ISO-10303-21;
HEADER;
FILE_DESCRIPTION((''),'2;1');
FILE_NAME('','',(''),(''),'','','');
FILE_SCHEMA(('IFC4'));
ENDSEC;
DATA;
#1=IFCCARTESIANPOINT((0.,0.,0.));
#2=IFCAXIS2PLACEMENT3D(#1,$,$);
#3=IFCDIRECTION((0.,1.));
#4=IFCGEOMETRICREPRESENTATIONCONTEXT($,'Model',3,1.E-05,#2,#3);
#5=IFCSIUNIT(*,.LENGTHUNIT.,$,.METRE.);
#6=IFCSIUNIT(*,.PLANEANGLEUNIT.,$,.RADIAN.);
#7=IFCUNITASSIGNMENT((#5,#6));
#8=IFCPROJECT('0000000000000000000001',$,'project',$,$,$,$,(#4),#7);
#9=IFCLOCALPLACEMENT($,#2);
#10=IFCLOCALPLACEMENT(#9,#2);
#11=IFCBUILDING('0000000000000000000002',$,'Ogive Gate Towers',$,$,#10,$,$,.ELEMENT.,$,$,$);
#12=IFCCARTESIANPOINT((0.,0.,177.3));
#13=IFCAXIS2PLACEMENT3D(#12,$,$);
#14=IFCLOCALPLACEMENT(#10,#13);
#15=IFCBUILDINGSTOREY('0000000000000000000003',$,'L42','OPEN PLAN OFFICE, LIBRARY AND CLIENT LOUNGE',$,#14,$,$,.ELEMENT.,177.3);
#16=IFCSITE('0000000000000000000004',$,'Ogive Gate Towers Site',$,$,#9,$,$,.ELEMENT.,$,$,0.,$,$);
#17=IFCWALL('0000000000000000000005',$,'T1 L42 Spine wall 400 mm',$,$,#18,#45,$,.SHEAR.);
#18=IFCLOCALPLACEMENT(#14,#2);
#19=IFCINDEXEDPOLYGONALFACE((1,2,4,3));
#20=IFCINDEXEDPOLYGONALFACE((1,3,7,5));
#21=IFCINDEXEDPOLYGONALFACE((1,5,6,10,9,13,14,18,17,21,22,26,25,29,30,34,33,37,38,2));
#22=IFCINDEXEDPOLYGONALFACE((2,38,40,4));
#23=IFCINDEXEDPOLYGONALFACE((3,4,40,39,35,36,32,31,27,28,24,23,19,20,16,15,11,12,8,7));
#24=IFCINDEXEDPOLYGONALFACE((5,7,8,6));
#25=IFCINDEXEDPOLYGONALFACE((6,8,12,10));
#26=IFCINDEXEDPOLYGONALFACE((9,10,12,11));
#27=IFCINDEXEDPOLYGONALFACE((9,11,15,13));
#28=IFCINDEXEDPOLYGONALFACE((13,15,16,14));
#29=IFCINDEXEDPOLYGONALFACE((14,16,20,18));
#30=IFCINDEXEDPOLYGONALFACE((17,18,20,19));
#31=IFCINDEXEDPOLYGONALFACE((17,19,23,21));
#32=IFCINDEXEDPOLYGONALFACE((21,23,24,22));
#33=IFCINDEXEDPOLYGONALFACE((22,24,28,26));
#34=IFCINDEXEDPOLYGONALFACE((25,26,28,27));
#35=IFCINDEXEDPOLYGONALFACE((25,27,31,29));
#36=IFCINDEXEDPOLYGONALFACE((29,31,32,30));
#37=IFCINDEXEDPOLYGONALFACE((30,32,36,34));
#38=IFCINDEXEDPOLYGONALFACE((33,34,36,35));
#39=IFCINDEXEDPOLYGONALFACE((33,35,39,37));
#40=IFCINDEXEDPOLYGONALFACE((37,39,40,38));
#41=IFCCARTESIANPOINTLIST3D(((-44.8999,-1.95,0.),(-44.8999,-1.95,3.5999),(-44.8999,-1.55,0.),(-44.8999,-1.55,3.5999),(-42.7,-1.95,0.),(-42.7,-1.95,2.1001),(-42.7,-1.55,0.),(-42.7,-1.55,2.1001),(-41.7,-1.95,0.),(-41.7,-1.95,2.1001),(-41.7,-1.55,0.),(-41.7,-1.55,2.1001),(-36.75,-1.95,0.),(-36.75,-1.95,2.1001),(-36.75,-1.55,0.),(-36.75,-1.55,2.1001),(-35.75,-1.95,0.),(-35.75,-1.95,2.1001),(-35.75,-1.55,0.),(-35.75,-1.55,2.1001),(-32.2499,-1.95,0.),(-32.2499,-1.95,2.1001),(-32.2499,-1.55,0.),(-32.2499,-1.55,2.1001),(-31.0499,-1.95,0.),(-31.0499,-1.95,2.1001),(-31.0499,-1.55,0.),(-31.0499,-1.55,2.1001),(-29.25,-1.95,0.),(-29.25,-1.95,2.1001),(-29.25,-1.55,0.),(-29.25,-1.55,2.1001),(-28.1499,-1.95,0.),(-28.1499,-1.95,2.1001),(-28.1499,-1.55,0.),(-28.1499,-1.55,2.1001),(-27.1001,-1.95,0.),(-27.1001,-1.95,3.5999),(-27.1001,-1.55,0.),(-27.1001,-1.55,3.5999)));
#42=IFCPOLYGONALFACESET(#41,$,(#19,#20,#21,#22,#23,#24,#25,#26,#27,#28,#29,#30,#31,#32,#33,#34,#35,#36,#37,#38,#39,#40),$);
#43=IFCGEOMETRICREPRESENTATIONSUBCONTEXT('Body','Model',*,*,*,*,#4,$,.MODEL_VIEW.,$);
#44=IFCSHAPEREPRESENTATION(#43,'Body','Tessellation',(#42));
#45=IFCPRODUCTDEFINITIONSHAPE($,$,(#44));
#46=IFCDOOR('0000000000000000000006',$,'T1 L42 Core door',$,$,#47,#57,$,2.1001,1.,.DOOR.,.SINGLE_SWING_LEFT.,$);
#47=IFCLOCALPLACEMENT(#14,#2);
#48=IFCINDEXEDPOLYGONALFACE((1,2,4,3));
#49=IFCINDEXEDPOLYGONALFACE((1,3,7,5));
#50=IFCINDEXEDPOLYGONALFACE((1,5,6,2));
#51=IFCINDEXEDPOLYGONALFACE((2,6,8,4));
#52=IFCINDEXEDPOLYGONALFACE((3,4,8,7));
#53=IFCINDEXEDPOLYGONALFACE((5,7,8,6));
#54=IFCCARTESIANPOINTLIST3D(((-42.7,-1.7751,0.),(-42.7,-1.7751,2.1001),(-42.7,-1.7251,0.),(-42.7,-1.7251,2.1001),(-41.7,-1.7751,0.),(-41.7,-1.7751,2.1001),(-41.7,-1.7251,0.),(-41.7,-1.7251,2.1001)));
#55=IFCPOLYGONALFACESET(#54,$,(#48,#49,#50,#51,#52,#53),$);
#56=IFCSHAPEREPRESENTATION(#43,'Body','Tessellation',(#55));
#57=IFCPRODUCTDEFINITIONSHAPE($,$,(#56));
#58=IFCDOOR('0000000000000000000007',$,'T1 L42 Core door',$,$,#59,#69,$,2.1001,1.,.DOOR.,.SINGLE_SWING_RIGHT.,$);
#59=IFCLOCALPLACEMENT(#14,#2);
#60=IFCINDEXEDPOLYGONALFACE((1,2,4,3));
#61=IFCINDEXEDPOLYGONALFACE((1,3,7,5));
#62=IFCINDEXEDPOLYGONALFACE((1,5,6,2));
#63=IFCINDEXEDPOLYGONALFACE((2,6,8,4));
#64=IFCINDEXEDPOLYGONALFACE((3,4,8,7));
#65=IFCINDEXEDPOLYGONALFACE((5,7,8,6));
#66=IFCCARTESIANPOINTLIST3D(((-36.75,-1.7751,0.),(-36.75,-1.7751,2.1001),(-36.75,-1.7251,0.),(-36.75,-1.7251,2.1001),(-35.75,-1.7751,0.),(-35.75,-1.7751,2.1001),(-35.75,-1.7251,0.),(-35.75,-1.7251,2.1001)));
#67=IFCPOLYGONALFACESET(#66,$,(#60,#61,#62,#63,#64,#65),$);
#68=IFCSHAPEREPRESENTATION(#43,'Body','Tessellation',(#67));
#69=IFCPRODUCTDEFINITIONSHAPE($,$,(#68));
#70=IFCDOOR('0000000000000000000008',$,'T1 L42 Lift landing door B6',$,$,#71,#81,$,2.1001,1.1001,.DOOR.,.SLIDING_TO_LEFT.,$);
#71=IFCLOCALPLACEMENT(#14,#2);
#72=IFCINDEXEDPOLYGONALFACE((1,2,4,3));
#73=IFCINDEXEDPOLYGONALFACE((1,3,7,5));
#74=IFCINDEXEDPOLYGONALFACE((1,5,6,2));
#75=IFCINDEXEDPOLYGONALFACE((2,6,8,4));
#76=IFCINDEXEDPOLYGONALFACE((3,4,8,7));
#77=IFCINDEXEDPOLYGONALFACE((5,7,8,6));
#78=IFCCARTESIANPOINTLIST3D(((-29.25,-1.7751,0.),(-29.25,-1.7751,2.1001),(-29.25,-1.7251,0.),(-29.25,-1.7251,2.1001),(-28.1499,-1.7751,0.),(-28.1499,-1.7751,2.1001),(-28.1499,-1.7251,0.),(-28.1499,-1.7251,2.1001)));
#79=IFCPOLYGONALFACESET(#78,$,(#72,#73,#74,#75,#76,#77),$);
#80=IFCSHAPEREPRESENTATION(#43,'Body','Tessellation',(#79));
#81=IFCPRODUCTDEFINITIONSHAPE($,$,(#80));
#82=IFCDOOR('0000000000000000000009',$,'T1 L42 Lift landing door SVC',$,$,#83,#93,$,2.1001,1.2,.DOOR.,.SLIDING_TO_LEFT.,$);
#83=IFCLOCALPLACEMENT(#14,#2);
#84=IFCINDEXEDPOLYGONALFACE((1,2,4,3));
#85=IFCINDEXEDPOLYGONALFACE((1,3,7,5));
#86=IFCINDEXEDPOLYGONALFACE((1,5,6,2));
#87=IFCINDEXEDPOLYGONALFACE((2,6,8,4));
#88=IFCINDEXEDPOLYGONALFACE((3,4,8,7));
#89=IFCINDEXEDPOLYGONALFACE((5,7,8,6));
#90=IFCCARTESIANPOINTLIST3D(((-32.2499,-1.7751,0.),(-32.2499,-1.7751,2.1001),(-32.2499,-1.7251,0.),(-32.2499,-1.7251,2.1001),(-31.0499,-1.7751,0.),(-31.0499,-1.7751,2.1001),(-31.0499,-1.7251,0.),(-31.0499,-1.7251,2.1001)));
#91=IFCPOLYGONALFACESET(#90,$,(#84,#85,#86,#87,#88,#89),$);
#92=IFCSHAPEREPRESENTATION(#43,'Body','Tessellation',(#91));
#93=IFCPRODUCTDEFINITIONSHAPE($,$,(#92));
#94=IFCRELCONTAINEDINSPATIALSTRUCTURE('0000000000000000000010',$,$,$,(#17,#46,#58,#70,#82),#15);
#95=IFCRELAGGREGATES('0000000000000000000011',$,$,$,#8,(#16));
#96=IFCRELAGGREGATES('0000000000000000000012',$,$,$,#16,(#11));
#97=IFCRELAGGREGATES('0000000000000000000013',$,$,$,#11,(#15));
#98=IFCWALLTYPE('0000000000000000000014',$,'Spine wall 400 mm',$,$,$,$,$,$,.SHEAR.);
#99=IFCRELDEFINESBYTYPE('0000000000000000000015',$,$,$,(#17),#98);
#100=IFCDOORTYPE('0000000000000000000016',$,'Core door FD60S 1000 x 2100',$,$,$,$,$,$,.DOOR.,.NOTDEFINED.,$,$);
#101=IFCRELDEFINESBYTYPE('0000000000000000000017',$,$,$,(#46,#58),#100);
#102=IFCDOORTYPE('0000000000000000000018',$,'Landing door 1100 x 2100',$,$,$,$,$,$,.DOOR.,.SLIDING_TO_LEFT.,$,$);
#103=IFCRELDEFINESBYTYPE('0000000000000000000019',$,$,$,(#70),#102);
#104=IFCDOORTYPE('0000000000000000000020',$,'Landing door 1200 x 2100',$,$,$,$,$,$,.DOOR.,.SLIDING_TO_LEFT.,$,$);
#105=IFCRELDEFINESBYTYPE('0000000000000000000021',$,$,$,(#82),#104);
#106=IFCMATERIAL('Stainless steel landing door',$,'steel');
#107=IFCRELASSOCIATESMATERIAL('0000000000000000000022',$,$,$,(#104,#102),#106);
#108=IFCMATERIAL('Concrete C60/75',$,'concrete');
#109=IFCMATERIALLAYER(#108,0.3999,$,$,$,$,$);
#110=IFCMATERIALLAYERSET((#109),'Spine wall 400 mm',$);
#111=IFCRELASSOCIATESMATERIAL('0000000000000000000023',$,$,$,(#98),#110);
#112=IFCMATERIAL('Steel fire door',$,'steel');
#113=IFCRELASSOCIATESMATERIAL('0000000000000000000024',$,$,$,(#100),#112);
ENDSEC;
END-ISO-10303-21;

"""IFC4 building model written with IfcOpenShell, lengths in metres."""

from ifc_helpers import new_model, si_unit, direction, frame, frame_2d, origin, place, context, subcontext, project, spatial, rectangle, extrude, material, layer, layer_set, type_object, element, fill, save


model = new_model("IFC4")

# Units and contexts
model_context = context("Model", 3, precision=1e-05, world=origin(), true_north=direction((0.0, 1.0)))
body_context = subcontext(model_context, "Body", "Model", "MODEL_VIEW")
ifc_project = project(units=[si_unit("LENGTHUNIT", "METRE"), si_unit("PLANEANGLEUNIT", "RADIAN")], contexts=[model_context])

# Site, building, storey
site_placement = place(None, origin())
site = spatial("IfcSite", under=ifc_project, at=site_placement, Name="Ogive Gate Towers Site", CompositionType="ELEMENT", RefElevation=0.0)
building_placement = place(site_placement, origin())
building = spatial("IfcBuilding", under=site, at=building_placement, Name="Ogive Gate Towers", CompositionType="ELEMENT")
storey_placement = place(building_placement, frame((0.0, 0.0, 177.3)))
storey = spatial("IfcBuildingStorey", under=building, at=storey_placement, Name="L42", Description="OPEN PLAN OFFICE, LIBRARY AND CLIENT LOUNGE", CompositionType="ELEMENT", Elevation=177.3)

# Shared definitions
ifc_material_1 = material(Name="Concrete C60/75", Category="concrete")
ifc_material_2 = material(Name="Steel fire door", Category="steel")

# Shared definitions
ifc_material_3 = material(Name="Stainless steel landing door", Category="steel")
door_type_1 = type_object("IfcDoorType", Name="Landing door 1200 x 2100", OperationType="SLIDING_TO_LEFT", PredefinedType="DOOR", material=ifc_material_3)

# Wall, openings, doors
ifc_layer_1 = layer(ifc_material_1, 0.3999)
ifc_layer_set_1 = layer_set([ifc_layer_1], Name="Spine wall 400 mm")
wall_type_1 = type_object("IfcWallType", Name="Spine wall 400 mm", PredefinedType="SHEAR", material=ifc_layer_set_1)
wall_1_placement = place(storey_placement, frame((-44.8999, -1.75, 0.0), z_axis=(0.0, 0.0, 1.0), x_axis=(1.0, 0.0, 0.0)))
wall_1 = element("IfcWall", 1, at=wall_1_placement, inside=storey, type_object=wall_type_1, Name="T1 L42 Spine wall 400 mm", PredefinedType="SHEAR", context=body_context, shape_type="SweptSolid", body=[
    extrude(rectangle(XDim=17.7998, YDim=0.3999, at=frame_2d((8.8999, 0.0))), origin(), (0.0, 0.0, 1.0), 3.5999),
])
opening_1_placement = place(wall_1_placement, frame((12.6499, 0.0, 0.0)))
opening_1 = element("IfcOpeningElement", 2, at=opening_1_placement, cuts=wall_1, PredefinedType="OPENING", context=body_context, shape_type="SweptSolid", body=[
    extrude(rectangle(XDim=1.2, YDim=2.1001, at=frame_2d((0.6001, 1.05))), frame((0.0, 0.21, 0.0), z_axis=(0.0, -1.0, 0.0), x_axis=(1.0, 0.0, 0.0)), (0.0, 0.0, 1.0), 0.4199),
])
opening_2_placement = place(wall_1_placement, frame((15.6499, 0.0, 0.0)))
opening_2 = element("IfcOpeningElement", 3, at=opening_2_placement, cuts=wall_1, PredefinedType="OPENING", context=body_context, shape_type="SweptSolid", body=[
    extrude(rectangle(XDim=1.1001, YDim=2.1001, at=frame_2d((0.55, 1.05))), frame((0.0, 0.21, 0.0), z_axis=(0.0, -1.0, 0.0), x_axis=(1.0, 0.0, 0.0)), (0.0, 0.0, 1.0), 0.4199),
])
opening_3_placement = place(wall_1_placement, frame((2.2, 0.0, 0.0)))
opening_3 = element("IfcOpeningElement", 4, at=opening_3_placement, cuts=wall_1, PredefinedType="OPENING", context=body_context, shape_type="SweptSolid", body=[
    extrude(rectangle(XDim=1.0, YDim=2.1001, at=frame_2d((0.5, 1.05))), frame((0.0, 0.21, 0.0), z_axis=(0.0, -1.0, 0.0), x_axis=(1.0, 0.0, 0.0)), (0.0, 0.0, 1.0), 0.4199),
])
opening_4_placement = place(wall_1_placement, frame((8.1499, 0.0, 0.0)))
opening_4 = element("IfcOpeningElement", 5, at=opening_4_placement, cuts=wall_1, PredefinedType="OPENING", context=body_context, shape_type="SweptSolid", body=[
    extrude(rectangle(XDim=1.0, YDim=2.1001, at=frame_2d((0.5, 1.05))), frame((0.0, 0.21, 0.0), z_axis=(0.0, -1.0, 0.0), x_axis=(1.0, 0.0, 0.0)), (0.0, 0.0, 1.0), 0.4199),
])
door_type_2 = type_object("IfcDoorType", Name="Core door FD60S 1000 x 2100", OperationType="NOTDEFINED", PredefinedType="DOOR", material=ifc_material_2)
door_1_placement = place(opening_3_placement, origin())
door_1 = element("IfcDoor", 6, at=door_1_placement, inside=storey, type_object=door_type_2, Name="T1 L42 Core door", OperationType="SINGLE_SWING_LEFT", OverallHeight=2.1001, OverallWidth=1.0, PredefinedType="DOOR", context=body_context, shape_type="SweptSolid", body=[
    extrude(rectangle(XDim=1.0, YDim=2.1001, at=frame_2d((0.5, 1.05))), frame((0.0, 0.0249, 0.0), z_axis=(0.0, -1.0, 0.0), x_axis=(1.0, 0.0, 0.0)), (0.0, 0.0, 1.0), 0.05),
])
fill(opening_3, door_1)
door_2_placement = place(opening_4_placement, origin())
door_2 = element("IfcDoor", 7, at=door_2_placement, inside=storey, type_object=door_type_2, Name="T1 L42 Core door", OperationType="SINGLE_SWING_RIGHT", OverallHeight=2.1001, OverallWidth=1.0, PredefinedType="DOOR", context=body_context, shape_type="SweptSolid", body=[
    extrude(rectangle(XDim=1.0, YDim=2.1001, at=frame_2d((0.5, 1.05))), frame((0.0, 0.0249, 0.0), z_axis=(0.0, -1.0, 0.0), x_axis=(1.0, 0.0, 0.0)), (0.0, 0.0, 1.0), 0.05),
])
fill(opening_4, door_2)
door_type_3 = type_object("IfcDoorType", Name="Landing door 1100 x 2100", OperationType="SLIDING_TO_LEFT", PredefinedType="DOOR", material=ifc_material_3)
door_3_placement = place(opening_2_placement, origin())
door_3 = element("IfcDoor", 8, at=door_3_placement, inside=storey, type_object=door_type_3, Name="T1 L42 Lift landing door B6", OperationType="SLIDING_TO_LEFT", OverallHeight=2.1001, OverallWidth=1.1001, PredefinedType="DOOR", context=body_context, shape_type="SweptSolid", body=[
    extrude(rectangle(XDim=1.1001, YDim=2.1001, at=frame_2d((0.55, 1.05))), frame((0.0, 0.0249, 0.0), z_axis=(0.0, -1.0, 0.0), x_axis=(1.0, 0.0, 0.0)), (0.0, 0.0, 1.0), 0.05),
])
fill(opening_2, door_3)
door_4_placement = place(opening_1_placement, origin())
door_4 = element("IfcDoor", 9, at=door_4_placement, inside=storey, type_object=door_type_1, Name="T1 L42 Lift landing door SVC", OperationType="SLIDING_TO_LEFT", OverallHeight=2.1001, OverallWidth=1.2, PredefinedType="DOOR", context=body_context, shape_type="SweptSolid", body=[
    extrude(rectangle(XDim=1.2, YDim=2.1001, at=frame_2d((0.6001, 1.05))), frame((0.0, 0.0249, 0.0), z_axis=(0.0, -1.0, 0.0), x_axis=(1.0, 0.0, 0.0)), (0.0, 0.0, 1.0), 0.05),
])
fill(opening_1, door_4)

save(model, "model.ifc")
